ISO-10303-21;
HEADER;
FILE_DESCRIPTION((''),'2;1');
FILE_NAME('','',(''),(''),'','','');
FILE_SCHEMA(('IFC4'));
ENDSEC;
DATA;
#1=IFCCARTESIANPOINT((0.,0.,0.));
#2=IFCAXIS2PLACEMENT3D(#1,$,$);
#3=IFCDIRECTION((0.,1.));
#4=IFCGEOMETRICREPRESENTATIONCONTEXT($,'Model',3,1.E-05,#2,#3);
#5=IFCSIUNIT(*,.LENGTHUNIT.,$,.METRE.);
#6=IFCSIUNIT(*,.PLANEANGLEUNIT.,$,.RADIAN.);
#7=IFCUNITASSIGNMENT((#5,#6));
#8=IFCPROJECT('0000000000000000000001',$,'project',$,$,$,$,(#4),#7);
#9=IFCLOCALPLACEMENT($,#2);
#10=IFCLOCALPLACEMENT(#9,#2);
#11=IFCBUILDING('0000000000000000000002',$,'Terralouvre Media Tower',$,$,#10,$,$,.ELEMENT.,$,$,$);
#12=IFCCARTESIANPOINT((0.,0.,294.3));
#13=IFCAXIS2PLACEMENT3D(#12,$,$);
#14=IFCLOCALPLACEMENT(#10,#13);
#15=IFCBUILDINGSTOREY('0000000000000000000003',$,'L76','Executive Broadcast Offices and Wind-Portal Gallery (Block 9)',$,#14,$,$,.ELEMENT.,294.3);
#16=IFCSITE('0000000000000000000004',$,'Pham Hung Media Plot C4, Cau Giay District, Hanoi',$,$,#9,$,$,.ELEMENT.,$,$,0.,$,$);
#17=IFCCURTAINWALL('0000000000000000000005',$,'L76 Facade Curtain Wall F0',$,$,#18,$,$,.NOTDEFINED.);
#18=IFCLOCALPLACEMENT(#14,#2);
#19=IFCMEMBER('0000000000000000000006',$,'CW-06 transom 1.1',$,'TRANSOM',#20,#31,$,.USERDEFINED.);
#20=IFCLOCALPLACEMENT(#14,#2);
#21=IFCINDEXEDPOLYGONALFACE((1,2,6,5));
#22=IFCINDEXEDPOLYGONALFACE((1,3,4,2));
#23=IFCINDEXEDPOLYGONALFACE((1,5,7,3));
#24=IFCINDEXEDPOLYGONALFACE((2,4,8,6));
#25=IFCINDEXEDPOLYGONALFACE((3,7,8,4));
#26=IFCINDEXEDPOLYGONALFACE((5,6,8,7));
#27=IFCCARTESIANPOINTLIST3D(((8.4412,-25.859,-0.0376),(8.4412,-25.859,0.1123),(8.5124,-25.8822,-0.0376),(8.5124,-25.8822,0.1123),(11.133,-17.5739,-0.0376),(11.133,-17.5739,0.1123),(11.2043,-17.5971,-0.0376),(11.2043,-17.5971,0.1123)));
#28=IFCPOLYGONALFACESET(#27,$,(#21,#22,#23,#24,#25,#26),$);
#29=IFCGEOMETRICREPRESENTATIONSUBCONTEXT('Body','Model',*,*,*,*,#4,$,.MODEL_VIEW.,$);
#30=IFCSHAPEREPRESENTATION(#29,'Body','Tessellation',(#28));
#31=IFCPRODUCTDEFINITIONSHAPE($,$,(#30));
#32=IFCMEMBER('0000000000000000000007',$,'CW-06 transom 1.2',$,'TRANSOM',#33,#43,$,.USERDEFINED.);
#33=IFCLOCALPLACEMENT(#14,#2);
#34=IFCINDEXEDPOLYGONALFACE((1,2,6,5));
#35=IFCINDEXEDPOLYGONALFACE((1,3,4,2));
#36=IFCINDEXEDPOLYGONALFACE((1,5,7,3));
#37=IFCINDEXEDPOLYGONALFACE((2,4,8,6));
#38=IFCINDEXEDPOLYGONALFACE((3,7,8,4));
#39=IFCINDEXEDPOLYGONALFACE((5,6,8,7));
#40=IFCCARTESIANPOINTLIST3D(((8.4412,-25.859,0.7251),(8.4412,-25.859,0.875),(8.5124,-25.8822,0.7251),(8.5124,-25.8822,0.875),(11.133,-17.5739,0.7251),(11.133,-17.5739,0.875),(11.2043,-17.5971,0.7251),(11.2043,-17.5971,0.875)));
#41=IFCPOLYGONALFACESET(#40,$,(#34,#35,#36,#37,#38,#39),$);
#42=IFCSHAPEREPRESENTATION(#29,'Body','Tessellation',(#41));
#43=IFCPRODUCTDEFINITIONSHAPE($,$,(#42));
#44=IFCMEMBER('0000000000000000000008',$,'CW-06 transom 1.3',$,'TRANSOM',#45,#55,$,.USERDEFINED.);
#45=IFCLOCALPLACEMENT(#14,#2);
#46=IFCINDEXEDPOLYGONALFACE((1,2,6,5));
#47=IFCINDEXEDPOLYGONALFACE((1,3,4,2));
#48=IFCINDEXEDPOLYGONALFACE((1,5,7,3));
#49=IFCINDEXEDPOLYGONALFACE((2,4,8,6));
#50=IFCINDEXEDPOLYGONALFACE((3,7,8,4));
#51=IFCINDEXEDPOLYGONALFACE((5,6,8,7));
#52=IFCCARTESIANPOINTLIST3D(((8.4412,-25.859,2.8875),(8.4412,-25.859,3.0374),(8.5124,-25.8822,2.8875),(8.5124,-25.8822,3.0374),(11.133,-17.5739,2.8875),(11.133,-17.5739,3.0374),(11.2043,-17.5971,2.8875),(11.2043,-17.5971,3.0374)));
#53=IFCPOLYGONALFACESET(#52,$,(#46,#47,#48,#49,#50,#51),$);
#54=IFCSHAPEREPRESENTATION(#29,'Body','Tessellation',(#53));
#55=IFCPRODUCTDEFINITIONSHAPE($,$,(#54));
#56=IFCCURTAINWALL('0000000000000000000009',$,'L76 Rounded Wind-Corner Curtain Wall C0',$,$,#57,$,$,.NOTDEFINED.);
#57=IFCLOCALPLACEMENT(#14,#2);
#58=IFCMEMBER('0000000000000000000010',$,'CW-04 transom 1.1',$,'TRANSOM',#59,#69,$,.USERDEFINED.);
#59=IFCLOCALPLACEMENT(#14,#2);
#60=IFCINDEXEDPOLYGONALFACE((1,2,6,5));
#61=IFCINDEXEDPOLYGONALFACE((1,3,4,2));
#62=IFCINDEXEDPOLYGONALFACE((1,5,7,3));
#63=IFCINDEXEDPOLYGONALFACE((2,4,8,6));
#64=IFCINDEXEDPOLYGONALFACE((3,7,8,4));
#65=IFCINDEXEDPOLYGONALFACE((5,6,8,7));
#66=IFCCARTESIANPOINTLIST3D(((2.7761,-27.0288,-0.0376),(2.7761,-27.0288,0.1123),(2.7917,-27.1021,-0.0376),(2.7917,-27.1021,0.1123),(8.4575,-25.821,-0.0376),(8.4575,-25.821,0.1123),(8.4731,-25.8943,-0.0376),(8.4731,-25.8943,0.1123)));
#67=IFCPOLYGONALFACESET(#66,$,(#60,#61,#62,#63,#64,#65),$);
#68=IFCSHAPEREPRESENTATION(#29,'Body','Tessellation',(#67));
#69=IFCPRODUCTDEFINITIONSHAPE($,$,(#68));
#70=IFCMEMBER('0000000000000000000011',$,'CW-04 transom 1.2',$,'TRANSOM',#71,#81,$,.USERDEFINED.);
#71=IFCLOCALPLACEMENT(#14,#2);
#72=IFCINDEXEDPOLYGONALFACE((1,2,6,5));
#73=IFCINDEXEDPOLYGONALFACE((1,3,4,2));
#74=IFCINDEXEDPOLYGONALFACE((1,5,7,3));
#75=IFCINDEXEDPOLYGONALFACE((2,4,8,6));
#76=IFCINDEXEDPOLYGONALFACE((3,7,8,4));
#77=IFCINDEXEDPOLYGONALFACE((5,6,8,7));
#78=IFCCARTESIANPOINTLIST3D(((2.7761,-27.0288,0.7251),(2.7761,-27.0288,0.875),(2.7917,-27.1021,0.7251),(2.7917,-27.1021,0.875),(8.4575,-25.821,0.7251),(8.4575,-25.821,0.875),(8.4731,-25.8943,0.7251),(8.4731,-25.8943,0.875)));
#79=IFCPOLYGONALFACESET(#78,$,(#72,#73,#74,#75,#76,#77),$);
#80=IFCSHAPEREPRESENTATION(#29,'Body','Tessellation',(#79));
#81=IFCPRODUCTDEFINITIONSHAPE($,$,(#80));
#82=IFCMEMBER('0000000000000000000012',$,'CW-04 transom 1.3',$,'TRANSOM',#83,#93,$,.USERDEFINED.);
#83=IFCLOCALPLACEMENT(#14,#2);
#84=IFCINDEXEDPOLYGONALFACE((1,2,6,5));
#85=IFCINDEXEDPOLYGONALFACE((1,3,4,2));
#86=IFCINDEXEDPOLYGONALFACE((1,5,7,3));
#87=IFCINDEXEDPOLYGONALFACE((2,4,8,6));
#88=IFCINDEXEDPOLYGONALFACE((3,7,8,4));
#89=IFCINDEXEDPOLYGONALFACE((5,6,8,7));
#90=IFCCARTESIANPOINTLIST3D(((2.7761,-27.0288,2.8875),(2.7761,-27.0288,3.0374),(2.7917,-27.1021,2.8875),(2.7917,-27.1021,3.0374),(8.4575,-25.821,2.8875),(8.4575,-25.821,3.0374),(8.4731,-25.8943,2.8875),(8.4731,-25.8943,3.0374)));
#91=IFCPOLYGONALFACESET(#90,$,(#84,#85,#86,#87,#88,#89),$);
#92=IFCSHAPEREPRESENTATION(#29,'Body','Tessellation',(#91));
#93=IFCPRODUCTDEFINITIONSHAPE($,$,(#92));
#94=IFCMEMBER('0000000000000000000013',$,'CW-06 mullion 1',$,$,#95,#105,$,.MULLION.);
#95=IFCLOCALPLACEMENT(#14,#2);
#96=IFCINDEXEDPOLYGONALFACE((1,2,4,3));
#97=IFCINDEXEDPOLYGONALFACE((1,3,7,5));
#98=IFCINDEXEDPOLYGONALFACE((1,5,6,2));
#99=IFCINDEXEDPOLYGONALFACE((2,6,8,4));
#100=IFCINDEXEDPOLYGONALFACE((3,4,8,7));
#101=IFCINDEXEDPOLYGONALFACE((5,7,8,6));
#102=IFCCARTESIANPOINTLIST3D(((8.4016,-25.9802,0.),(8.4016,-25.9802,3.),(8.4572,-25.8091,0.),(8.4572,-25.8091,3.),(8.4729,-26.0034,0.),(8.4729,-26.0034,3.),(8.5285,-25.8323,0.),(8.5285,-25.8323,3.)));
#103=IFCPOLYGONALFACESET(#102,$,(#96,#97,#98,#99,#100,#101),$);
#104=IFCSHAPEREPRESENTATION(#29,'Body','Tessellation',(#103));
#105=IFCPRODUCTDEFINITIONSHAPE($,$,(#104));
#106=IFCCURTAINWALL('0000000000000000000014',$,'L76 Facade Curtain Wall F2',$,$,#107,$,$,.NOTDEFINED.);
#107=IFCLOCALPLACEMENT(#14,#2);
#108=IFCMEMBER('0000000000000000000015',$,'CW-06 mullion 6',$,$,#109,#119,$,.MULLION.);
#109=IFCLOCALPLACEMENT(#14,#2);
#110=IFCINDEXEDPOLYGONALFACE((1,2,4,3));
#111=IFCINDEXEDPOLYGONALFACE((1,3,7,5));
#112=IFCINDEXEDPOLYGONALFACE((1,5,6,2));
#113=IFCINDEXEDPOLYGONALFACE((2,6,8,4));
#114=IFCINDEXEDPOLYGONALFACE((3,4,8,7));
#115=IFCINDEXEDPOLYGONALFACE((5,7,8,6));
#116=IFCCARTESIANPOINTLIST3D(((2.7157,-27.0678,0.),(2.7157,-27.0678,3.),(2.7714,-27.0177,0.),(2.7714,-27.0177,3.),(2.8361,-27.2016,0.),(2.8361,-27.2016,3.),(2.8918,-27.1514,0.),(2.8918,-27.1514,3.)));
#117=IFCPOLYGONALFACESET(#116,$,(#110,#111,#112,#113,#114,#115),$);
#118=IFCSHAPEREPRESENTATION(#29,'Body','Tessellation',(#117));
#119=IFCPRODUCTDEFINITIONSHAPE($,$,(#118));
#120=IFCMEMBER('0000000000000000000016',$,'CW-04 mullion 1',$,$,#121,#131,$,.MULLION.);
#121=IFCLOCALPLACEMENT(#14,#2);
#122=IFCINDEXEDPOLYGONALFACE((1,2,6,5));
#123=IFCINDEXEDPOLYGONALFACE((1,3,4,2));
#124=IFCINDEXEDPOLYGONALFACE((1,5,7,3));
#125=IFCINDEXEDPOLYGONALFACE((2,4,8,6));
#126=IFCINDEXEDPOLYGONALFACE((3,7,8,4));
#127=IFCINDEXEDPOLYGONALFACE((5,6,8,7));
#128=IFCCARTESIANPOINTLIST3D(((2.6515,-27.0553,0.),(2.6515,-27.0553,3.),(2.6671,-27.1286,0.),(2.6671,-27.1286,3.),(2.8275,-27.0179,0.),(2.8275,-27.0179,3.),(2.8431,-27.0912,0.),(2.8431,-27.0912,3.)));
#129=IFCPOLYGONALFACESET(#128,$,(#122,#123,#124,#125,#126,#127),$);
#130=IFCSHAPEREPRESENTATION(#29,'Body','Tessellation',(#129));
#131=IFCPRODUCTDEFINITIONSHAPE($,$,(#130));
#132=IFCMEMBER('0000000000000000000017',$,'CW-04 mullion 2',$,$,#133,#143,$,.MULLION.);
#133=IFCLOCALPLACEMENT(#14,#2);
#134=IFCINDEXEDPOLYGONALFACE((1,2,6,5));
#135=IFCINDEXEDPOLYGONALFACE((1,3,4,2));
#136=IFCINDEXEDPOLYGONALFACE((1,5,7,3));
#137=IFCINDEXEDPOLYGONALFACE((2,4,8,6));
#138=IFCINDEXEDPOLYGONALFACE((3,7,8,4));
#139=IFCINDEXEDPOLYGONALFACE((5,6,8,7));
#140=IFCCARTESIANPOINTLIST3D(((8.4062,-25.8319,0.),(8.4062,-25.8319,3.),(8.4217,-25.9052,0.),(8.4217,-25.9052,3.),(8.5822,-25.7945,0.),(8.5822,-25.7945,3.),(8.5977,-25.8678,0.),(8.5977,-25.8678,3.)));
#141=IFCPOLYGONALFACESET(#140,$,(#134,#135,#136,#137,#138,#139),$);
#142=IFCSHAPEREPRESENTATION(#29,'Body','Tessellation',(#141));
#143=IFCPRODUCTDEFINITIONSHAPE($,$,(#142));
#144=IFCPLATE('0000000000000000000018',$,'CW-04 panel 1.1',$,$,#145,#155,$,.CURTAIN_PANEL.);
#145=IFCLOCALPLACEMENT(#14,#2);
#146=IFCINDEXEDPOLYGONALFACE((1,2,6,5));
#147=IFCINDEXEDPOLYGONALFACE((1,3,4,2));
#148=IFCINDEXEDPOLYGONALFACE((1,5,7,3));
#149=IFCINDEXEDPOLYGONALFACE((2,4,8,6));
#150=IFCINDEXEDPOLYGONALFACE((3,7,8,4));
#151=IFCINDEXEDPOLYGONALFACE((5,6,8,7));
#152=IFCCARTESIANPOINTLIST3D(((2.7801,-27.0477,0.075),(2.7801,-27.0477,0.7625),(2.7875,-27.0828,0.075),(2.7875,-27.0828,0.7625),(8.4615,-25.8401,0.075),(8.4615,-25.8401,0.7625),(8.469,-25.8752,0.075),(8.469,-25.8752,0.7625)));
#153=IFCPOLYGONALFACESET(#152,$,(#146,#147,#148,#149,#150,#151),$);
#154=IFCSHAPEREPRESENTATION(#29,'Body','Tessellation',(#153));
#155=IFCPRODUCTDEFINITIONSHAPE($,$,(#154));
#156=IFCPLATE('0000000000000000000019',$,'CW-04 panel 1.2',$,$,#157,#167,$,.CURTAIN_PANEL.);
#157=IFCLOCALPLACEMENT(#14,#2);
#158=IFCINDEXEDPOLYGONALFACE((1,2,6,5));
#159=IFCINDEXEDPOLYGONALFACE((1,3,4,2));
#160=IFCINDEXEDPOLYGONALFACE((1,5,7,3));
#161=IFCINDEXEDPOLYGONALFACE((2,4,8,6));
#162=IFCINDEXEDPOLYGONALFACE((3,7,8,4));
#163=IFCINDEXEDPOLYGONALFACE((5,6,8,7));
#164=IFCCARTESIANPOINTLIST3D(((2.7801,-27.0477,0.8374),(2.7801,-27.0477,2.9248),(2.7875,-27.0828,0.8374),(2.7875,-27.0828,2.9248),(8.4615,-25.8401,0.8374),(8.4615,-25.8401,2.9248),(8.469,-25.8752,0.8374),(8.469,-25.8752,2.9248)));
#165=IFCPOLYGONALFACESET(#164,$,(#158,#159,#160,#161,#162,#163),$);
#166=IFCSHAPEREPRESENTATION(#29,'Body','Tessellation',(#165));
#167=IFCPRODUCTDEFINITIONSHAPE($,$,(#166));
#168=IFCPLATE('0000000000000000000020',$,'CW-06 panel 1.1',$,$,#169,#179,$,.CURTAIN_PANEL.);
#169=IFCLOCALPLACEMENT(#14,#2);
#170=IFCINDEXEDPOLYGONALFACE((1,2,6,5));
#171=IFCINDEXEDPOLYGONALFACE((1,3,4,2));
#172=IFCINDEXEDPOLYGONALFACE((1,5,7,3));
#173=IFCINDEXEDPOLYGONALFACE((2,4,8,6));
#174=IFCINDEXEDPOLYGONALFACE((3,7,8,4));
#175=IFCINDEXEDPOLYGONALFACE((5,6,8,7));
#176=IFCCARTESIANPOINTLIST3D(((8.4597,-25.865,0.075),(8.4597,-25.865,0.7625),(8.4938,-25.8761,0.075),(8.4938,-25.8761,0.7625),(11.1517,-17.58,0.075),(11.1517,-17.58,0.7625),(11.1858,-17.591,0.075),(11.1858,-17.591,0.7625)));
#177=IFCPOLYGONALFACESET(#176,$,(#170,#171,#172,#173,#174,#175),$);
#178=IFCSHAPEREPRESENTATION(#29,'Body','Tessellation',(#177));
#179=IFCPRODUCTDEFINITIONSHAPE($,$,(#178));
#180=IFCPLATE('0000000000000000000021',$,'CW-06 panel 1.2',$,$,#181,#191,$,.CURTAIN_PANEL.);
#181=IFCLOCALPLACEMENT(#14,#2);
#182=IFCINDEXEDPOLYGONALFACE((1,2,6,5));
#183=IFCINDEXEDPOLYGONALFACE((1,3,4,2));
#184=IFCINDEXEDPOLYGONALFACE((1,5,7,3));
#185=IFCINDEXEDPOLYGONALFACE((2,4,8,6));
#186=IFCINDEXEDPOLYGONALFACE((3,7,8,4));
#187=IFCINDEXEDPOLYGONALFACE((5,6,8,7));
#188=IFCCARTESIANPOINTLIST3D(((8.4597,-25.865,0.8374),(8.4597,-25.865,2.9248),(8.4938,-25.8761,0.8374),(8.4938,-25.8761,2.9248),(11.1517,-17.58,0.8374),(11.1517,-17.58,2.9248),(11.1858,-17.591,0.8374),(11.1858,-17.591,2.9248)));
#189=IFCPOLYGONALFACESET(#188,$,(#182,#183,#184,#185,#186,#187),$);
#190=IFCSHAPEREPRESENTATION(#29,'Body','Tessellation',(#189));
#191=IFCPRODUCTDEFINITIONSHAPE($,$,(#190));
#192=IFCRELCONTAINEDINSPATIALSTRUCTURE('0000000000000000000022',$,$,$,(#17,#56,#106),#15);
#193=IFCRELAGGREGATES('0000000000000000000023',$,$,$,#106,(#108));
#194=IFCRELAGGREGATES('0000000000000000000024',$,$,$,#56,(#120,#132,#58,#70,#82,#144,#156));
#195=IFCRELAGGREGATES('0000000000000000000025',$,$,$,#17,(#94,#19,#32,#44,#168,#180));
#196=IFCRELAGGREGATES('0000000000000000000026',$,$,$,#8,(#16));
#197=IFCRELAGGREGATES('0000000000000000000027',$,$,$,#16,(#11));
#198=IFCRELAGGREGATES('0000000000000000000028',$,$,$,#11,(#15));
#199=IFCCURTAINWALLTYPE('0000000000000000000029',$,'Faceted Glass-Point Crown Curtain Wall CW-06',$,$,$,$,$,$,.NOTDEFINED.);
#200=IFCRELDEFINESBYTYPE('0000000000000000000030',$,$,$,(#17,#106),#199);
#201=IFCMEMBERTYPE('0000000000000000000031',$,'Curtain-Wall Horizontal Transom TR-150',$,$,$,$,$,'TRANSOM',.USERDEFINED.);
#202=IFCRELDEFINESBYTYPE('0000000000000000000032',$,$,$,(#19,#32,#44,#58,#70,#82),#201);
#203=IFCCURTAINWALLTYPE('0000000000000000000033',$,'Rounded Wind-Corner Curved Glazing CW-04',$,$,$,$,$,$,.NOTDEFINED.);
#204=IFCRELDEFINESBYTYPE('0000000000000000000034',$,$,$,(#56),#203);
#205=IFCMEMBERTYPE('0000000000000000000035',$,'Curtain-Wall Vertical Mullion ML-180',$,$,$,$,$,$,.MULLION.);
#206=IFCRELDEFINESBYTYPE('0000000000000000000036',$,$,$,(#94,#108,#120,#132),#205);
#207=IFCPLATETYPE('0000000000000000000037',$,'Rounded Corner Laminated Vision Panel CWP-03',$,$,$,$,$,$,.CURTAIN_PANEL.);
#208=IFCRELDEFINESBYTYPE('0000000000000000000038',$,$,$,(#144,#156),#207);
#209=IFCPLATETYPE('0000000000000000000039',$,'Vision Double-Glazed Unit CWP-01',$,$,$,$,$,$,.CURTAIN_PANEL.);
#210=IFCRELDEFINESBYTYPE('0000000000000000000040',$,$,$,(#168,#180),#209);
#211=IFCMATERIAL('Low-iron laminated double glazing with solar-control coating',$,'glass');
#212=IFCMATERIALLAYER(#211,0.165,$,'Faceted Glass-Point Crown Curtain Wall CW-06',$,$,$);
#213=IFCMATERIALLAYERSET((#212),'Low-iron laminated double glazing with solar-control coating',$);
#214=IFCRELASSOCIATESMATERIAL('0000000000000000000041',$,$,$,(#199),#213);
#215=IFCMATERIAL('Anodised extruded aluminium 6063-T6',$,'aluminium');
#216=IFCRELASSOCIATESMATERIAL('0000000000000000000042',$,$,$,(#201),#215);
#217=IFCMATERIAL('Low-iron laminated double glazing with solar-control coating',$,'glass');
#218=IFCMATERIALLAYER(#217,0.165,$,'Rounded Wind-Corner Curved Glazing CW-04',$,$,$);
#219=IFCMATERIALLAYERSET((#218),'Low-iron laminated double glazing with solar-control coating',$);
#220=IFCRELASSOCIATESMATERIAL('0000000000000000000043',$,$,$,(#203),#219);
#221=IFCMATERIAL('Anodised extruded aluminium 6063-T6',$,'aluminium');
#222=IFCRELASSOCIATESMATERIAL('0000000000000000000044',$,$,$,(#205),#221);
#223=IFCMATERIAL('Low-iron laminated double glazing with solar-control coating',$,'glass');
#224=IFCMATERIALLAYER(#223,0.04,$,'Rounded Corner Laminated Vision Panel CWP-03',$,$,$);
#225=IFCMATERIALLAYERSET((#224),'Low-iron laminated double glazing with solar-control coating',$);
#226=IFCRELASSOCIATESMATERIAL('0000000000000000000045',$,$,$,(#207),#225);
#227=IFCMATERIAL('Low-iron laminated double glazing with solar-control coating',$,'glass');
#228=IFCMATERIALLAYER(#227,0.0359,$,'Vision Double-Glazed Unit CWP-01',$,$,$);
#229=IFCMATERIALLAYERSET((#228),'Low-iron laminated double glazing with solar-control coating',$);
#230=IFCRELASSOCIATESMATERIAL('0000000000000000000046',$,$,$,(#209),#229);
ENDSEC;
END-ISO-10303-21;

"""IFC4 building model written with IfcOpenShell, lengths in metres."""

from ifc_helpers import new_model, si_unit, direction, frame, origin, origin_2d, place, context, subcontext, project, spatial, rectangle, extrude, material, layer, layer_set, material_profile, profile_set, type_object, element, aggregate, save


model = new_model("IFC4")

# Units and contexts
model_context = context("Model", 3, precision=1e-05, world=origin(), true_north=direction((0.0, 1.0)))
body_context = subcontext(model_context, "Body", "Model", "MODEL_VIEW")
ifc_project = project(units=[si_unit("LENGTHUNIT", "METRE"), si_unit("PLANEANGLEUNIT", "RADIAN")], contexts=[model_context])

# Site, building, storey
site_placement = place(None, origin())
site = spatial("IfcSite", under=ifc_project, at=site_placement, Name="Pham Hung Media Plot C4, Cau Giay District, Hanoi", CompositionType="ELEMENT", RefElevation=0.0)
building_placement = place(site_placement, origin())
building = spatial("IfcBuilding", under=site, at=building_placement, Name="Terralouvre Media Tower", CompositionType="ELEMENT")
storey_placement = place(building_placement, frame((0.0, 0.0, 294.3)))
storey = spatial("IfcBuildingStorey", under=building, at=storey_placement, Name="L76", Description="Executive Broadcast Offices and Wind-Portal Gallery (Block 9)", CompositionType="ELEMENT", Elevation=294.3)

# Curtain walls, members
ifc_material_1 = material(Name="Low-iron laminated double glazing with solar-control coating", Category="glass")
ifc_layer_1 = layer(ifc_material_1, 0.165, Name="Faceted Glass-Point Crown Curtain Wall CW-06")
ifc_layer_set_1 = layer_set([ifc_layer_1], Name="Low-iron laminated double glazing with solar-control coating")
curtain_wall_type_1 = type_object("IfcCurtainWallType", Name="Faceted Glass-Point Crown Curtain Wall CW-06", PredefinedType="NOTDEFINED", material=ifc_layer_set_1)
curtain_wall_1_placement = place(storey_placement, origin())
curtain_wall_1 = element("IfcCurtainWall", 1, at=curtain_wall_1_placement, inside=storey, type_object=curtain_wall_type_1, Name="L76 Facade Curtain Wall F0", PredefinedType="NOTDEFINED")
ifc_material_2 = material(Name="Anodised extruded aluminium 6063-T6", Category="aluminium")
ifc_material_profile_1 = material_profile(ifc_material_2, rectangle(XDim=0.075, YDim=0.1499, at=origin_2d()), Name="ALU 75x150")
ifc_profile_set_1 = profile_set([ifc_material_profile_1], Name="Anodised extruded aluminium 6063-T6")
member_type_1 = type_object("IfcMemberType", Name="Curtain-Wall Horizontal Transom TR-150", ElementType="TRANSOM", PredefinedType="USERDEFINED", material=ifc_profile_set_1)
member_1_placement = place(storey_placement, frame((8.4768, -25.8706, 0.0374), z_axis=(0.309005, 0.95106, 0.0), x_axis=(-0.95106, 0.309005, 0.0)))
member_1 = element("IfcMember", 2, at=member_1_placement, type_object=member_type_1, Name="CW-06 transom 1.1", ObjectType="TRANSOM", PredefinedType="USERDEFINED", context=body_context, shape_type="SweptSolid", body=[
    extrude(rectangle(XDim=0.075, YDim=0.1499, at=origin_2d()), origin(), (0.0, 0.0, 1.0), 8.7114),
])
member_2_placement = place(storey_placement, frame((8.4768, -25.8706, 0.8), z_axis=(0.309005, 0.95106, 0.0), x_axis=(-0.95106, 0.309005, 0.0)))
member_2 = element("IfcMember", 3, at=member_2_placement, type_object=member_type_1, Name="CW-06 transom 1.2", ObjectType="TRANSOM", PredefinedType="USERDEFINED", context=body_context, shape_type="SweptSolid", body=[
    extrude(rectangle(XDim=0.075, YDim=0.1499, at=origin_2d()), origin(), (0.0, 0.0, 1.0), 8.7114),
])
member_3_placement = place(storey_placement, frame((8.4768, -25.8706, 2.9624), z_axis=(0.309005, 0.95106, 0.0), x_axis=(-0.95106, 0.309005, 0.0)))
member_3 = element("IfcMember", 4, at=member_3_placement, type_object=member_type_1, Name="CW-06 transom 1.3", ObjectType="TRANSOM", PredefinedType="USERDEFINED", context=body_context, shape_type="SweptSolid", body=[
    extrude(rectangle(XDim=0.075, YDim=0.1499, at=origin_2d()), origin(), (0.0, 0.0, 1.0), 8.7114),
])
ifc_material_3 = material(Name="Low-iron laminated double glazing with solar-control coating", Category="glass")
ifc_layer_2 = layer(ifc_material_3, 0.165, Name="Rounded Wind-Corner Curved Glazing CW-04")
ifc_layer_set_2 = layer_set([ifc_layer_2], Name="Low-iron laminated double glazing with solar-control coating")
curtain_wall_type_2 = type_object("IfcCurtainWallType", Name="Rounded Wind-Corner Curved Glazing CW-04", PredefinedType="NOTDEFINED", material=ifc_layer_set_2)
curtain_wall_2_placement = place(storey_placement, origin())
curtain_wall_2 = element("IfcCurtainWall", 5, at=curtain_wall_2_placement, inside=storey, type_object=curtain_wall_type_2, Name="L76 Rounded Wind-Corner Curtain Wall C0", PredefinedType="NOTDEFINED")
member_4_placement = place(storey_placement, frame((2.7839, -27.0654, 0.0374), z_axis=(0.978143, 0.207936, 0.0), x_axis=(-0.207936, 0.978143, 0.0)))
member_4 = element("IfcMember", 6, at=member_4_placement, type_object=member_type_1, Name="CW-04 transom 1.1", ObjectType="TRANSOM", PredefinedType="USERDEFINED", context=body_context, shape_type="SweptSolid", body=[
    extrude(rectangle(XDim=0.075, YDim=0.1499, at=origin_2d()), origin(), (0.0, 0.0, 1.0), 5.8083),
])
member_5_placement = place(storey_placement, frame((2.7839, -27.0654, 0.8), z_axis=(0.978143, 0.207936, 0.0), x_axis=(-0.207936, 0.978143, 0.0)))
member_5 = element("IfcMember", 7, at=member_5_placement, type_object=member_type_1, Name="CW-04 transom 1.2", ObjectType="TRANSOM", PredefinedType="USERDEFINED", context=body_context, shape_type="SweptSolid", body=[
    extrude(rectangle(XDim=0.075, YDim=0.1499, at=origin_2d()), origin(), (0.0, 0.0, 1.0), 5.8083),
])
member_6_placement = place(storey_placement, frame((2.7839, -27.0654, 2.9624), z_axis=(0.978143, 0.207936, 0.0), x_axis=(-0.207936, 0.978143, 0.0)))
member_6 = element("IfcMember", 8, at=member_6_placement, type_object=member_type_1, Name="CW-04 transom 1.3", ObjectType="TRANSOM", PredefinedType="USERDEFINED", context=body_context, shape_type="SweptSolid", body=[
    extrude(rectangle(XDim=0.075, YDim=0.1499, at=origin_2d()), origin(), (0.0, 0.0, 1.0), 5.8083),
])

# Member
ifc_material_4 = material(Name="Anodised extruded aluminium 6063-T6", Category="aluminium")
ifc_material_profile_2 = material_profile(ifc_material_4, rectangle(XDim=0.075, YDim=0.1799, at=origin_2d()), Name="ALU 75x180")
ifc_profile_set_2 = profile_set([ifc_material_profile_2], Name="Anodised extruded aluminium 6063-T6")
member_type_2 = type_object("IfcMemberType", Name="Curtain-Wall Vertical Mullion ML-180", PredefinedType="MULLION", material=ifc_profile_set_2)
member_7_placement = place(storey_placement, frame((8.4651, -25.9062, 0.0), z_axis=(0.0, 0.0, 1.0), x_axis=(-0.951057, 0.309017, 0.0)))
member_7 = element("IfcMember", 9, at=member_7_placement, type_object=member_type_2, Name="CW-06 mullion 1", PredefinedType="MULLION", context=body_context, shape_type="SweptSolid", body=[
    extrude(rectangle(XDim=0.075, YDim=0.1799, at=origin_2d()), origin(), (0.0, 0.0, 1.0), 3.0),
])

# Curtain wall, member
curtain_wall_3_placement = place(storey_placement, origin())
curtain_wall_3 = element("IfcCurtainWall", 10, at=curtain_wall_3_placement, inside=storey, type_object=curtain_wall_type_1, Name="L76 Facade Curtain Wall F2", PredefinedType="NOTDEFINED")
member_8_placement = place(storey_placement, frame((2.8037, -27.1096, 0.0), z_axis=(0.0, 0.0, 1.0), x_axis=(0.743145, 0.669131, 0.0)))
member_8 = element("IfcMember", 11, at=member_8_placement, type_object=member_type_2, Name="CW-06 mullion 6", PredefinedType="MULLION", context=body_context, shape_type="SweptSolid", body=[
    extrude(rectangle(XDim=0.075, YDim=0.1799, at=origin_2d()), origin(), (0.0, 0.0, 1.0), 3.0),
])
aggregate(curtain_wall_3, [member_8])

# Members
member_9_placement = place(storey_placement, frame((2.7473, -27.0732, 0.0), z_axis=(0.0, 0.0, 1.0), x_axis=(-0.207912, 0.978148, 0.0)))
member_9 = element("IfcMember", 12, at=member_9_placement, type_object=member_type_2, Name="CW-04 mullion 1", PredefinedType="MULLION", context=body_context, shape_type="SweptSolid", body=[
    extrude(rectangle(XDim=0.075, YDim=0.1799, at=origin_2d()), origin(), (0.0, 0.0, 1.0), 3.0),
])
member_10_placement = place(storey_placement, frame((8.502, -25.8499, 0.0), z_axis=(0.0, 0.0, 1.0), x_axis=(-0.207912, 0.978148, 0.0)))
member_10 = element("IfcMember", 13, at=member_10_placement, type_object=member_type_2, Name="CW-04 mullion 2", PredefinedType="MULLION", context=body_context, shape_type="SweptSolid", body=[
    extrude(rectangle(XDim=0.075, YDim=0.1799, at=origin_2d()), origin(), (0.0, 0.0, 1.0), 3.0),
])

# Plates
ifc_material_5 = material(Name="Low-iron laminated double glazing with solar-control coating", Category="glass")
ifc_layer_3 = layer(ifc_material_5, 0.04, Name="Rounded Corner Laminated Vision Panel CWP-03")
ifc_layer_set_3 = layer_set([ifc_layer_3], Name="Low-iron laminated double glazing with solar-control coating")
plate_type_1 = type_object("IfcPlateType", Name="Rounded Corner Laminated Vision Panel CWP-03", PredefinedType="CURTAIN_PANEL", material=ifc_layer_set_3)
plate_1_placement = place(storey_placement, frame((5.6245, -26.4614, 0.075), z_axis=(0.0, 0.0, 1.0), x_axis=(0.978148, 0.207912, 0.0)))
plate_1 = element("IfcPlate", 14, at=plate_1_placement, type_object=plate_type_1, Name="CW-04 panel 1.1", PredefinedType="CURTAIN_PANEL", context=body_context, shape_type="SweptSolid", body=[
    extrude(rectangle(XDim=5.8083, YDim=0.0359, at=origin_2d()), origin(), (0.0, 0.0, 1.0), 0.6875),
])
plate_2_placement = place(storey_placement, frame((5.6245, -26.4614, 0.8374), z_axis=(0.0, 0.0, 1.0), x_axis=(0.978148, 0.207912, 0.0)))
plate_2 = element("IfcPlate", 15, at=plate_2_placement, type_object=plate_type_1, Name="CW-04 panel 1.2", PredefinedType="CURTAIN_PANEL", context=body_context, shape_type="SweptSolid", body=[
    extrude(rectangle(XDim=5.8083, YDim=0.0359, at=origin_2d()), origin(), (0.0, 0.0, 1.0), 2.0874),
])
aggregate(curtain_wall_2, [member_9, member_10, member_4, member_5, member_6, plate_1, plate_2])
ifc_material_6 = material(Name="Low-iron laminated double glazing with solar-control coating", Category="glass")
ifc_layer_4 = layer(ifc_material_6, 0.0359, Name="Vision Double-Glazed Unit CWP-01")
ifc_layer_set_4 = layer_set([ifc_layer_4], Name="Low-iron laminated double glazing with solar-control coating")
plate_type_2 = type_object("IfcPlateType", Name="Vision Double-Glazed Unit CWP-01", PredefinedType="CURTAIN_PANEL", material=ifc_layer_set_4)
plate_3_placement = place(storey_placement, frame((9.8228, -21.728, 0.075), z_axis=(0.0, 0.0, 1.0), x_axis=(0.309017, 0.951057, 0.0)))
plate_3 = element("IfcPlate", 16, at=plate_3_placement, type_object=plate_type_2, Name="CW-06 panel 1.1", PredefinedType="CURTAIN_PANEL", context=body_context, shape_type="SweptSolid", body=[
    extrude(rectangle(XDim=8.7114, YDim=0.0359, at=origin_2d()), origin(), (0.0, 0.0, 1.0), 0.6875),
])
plate_4_placement = place(storey_placement, frame((9.8228, -21.728, 0.8374), z_axis=(0.0, 0.0, 1.0), x_axis=(0.309017, 0.951057, 0.0)))
plate_4 = element("IfcPlate", 17, at=plate_4_placement, type_object=plate_type_2, Name="CW-06 panel 1.2", PredefinedType="CURTAIN_PANEL", context=body_context, shape_type="SweptSolid", body=[
    extrude(rectangle(XDim=8.7114, YDim=0.0359, at=origin_2d()), origin(), (0.0, 0.0, 1.0), 2.0874),
])
aggregate(curtain_wall_1, [member_7, member_1, member_2, member_3, plate_3, plate_4])

save(model, "model.ifc")
